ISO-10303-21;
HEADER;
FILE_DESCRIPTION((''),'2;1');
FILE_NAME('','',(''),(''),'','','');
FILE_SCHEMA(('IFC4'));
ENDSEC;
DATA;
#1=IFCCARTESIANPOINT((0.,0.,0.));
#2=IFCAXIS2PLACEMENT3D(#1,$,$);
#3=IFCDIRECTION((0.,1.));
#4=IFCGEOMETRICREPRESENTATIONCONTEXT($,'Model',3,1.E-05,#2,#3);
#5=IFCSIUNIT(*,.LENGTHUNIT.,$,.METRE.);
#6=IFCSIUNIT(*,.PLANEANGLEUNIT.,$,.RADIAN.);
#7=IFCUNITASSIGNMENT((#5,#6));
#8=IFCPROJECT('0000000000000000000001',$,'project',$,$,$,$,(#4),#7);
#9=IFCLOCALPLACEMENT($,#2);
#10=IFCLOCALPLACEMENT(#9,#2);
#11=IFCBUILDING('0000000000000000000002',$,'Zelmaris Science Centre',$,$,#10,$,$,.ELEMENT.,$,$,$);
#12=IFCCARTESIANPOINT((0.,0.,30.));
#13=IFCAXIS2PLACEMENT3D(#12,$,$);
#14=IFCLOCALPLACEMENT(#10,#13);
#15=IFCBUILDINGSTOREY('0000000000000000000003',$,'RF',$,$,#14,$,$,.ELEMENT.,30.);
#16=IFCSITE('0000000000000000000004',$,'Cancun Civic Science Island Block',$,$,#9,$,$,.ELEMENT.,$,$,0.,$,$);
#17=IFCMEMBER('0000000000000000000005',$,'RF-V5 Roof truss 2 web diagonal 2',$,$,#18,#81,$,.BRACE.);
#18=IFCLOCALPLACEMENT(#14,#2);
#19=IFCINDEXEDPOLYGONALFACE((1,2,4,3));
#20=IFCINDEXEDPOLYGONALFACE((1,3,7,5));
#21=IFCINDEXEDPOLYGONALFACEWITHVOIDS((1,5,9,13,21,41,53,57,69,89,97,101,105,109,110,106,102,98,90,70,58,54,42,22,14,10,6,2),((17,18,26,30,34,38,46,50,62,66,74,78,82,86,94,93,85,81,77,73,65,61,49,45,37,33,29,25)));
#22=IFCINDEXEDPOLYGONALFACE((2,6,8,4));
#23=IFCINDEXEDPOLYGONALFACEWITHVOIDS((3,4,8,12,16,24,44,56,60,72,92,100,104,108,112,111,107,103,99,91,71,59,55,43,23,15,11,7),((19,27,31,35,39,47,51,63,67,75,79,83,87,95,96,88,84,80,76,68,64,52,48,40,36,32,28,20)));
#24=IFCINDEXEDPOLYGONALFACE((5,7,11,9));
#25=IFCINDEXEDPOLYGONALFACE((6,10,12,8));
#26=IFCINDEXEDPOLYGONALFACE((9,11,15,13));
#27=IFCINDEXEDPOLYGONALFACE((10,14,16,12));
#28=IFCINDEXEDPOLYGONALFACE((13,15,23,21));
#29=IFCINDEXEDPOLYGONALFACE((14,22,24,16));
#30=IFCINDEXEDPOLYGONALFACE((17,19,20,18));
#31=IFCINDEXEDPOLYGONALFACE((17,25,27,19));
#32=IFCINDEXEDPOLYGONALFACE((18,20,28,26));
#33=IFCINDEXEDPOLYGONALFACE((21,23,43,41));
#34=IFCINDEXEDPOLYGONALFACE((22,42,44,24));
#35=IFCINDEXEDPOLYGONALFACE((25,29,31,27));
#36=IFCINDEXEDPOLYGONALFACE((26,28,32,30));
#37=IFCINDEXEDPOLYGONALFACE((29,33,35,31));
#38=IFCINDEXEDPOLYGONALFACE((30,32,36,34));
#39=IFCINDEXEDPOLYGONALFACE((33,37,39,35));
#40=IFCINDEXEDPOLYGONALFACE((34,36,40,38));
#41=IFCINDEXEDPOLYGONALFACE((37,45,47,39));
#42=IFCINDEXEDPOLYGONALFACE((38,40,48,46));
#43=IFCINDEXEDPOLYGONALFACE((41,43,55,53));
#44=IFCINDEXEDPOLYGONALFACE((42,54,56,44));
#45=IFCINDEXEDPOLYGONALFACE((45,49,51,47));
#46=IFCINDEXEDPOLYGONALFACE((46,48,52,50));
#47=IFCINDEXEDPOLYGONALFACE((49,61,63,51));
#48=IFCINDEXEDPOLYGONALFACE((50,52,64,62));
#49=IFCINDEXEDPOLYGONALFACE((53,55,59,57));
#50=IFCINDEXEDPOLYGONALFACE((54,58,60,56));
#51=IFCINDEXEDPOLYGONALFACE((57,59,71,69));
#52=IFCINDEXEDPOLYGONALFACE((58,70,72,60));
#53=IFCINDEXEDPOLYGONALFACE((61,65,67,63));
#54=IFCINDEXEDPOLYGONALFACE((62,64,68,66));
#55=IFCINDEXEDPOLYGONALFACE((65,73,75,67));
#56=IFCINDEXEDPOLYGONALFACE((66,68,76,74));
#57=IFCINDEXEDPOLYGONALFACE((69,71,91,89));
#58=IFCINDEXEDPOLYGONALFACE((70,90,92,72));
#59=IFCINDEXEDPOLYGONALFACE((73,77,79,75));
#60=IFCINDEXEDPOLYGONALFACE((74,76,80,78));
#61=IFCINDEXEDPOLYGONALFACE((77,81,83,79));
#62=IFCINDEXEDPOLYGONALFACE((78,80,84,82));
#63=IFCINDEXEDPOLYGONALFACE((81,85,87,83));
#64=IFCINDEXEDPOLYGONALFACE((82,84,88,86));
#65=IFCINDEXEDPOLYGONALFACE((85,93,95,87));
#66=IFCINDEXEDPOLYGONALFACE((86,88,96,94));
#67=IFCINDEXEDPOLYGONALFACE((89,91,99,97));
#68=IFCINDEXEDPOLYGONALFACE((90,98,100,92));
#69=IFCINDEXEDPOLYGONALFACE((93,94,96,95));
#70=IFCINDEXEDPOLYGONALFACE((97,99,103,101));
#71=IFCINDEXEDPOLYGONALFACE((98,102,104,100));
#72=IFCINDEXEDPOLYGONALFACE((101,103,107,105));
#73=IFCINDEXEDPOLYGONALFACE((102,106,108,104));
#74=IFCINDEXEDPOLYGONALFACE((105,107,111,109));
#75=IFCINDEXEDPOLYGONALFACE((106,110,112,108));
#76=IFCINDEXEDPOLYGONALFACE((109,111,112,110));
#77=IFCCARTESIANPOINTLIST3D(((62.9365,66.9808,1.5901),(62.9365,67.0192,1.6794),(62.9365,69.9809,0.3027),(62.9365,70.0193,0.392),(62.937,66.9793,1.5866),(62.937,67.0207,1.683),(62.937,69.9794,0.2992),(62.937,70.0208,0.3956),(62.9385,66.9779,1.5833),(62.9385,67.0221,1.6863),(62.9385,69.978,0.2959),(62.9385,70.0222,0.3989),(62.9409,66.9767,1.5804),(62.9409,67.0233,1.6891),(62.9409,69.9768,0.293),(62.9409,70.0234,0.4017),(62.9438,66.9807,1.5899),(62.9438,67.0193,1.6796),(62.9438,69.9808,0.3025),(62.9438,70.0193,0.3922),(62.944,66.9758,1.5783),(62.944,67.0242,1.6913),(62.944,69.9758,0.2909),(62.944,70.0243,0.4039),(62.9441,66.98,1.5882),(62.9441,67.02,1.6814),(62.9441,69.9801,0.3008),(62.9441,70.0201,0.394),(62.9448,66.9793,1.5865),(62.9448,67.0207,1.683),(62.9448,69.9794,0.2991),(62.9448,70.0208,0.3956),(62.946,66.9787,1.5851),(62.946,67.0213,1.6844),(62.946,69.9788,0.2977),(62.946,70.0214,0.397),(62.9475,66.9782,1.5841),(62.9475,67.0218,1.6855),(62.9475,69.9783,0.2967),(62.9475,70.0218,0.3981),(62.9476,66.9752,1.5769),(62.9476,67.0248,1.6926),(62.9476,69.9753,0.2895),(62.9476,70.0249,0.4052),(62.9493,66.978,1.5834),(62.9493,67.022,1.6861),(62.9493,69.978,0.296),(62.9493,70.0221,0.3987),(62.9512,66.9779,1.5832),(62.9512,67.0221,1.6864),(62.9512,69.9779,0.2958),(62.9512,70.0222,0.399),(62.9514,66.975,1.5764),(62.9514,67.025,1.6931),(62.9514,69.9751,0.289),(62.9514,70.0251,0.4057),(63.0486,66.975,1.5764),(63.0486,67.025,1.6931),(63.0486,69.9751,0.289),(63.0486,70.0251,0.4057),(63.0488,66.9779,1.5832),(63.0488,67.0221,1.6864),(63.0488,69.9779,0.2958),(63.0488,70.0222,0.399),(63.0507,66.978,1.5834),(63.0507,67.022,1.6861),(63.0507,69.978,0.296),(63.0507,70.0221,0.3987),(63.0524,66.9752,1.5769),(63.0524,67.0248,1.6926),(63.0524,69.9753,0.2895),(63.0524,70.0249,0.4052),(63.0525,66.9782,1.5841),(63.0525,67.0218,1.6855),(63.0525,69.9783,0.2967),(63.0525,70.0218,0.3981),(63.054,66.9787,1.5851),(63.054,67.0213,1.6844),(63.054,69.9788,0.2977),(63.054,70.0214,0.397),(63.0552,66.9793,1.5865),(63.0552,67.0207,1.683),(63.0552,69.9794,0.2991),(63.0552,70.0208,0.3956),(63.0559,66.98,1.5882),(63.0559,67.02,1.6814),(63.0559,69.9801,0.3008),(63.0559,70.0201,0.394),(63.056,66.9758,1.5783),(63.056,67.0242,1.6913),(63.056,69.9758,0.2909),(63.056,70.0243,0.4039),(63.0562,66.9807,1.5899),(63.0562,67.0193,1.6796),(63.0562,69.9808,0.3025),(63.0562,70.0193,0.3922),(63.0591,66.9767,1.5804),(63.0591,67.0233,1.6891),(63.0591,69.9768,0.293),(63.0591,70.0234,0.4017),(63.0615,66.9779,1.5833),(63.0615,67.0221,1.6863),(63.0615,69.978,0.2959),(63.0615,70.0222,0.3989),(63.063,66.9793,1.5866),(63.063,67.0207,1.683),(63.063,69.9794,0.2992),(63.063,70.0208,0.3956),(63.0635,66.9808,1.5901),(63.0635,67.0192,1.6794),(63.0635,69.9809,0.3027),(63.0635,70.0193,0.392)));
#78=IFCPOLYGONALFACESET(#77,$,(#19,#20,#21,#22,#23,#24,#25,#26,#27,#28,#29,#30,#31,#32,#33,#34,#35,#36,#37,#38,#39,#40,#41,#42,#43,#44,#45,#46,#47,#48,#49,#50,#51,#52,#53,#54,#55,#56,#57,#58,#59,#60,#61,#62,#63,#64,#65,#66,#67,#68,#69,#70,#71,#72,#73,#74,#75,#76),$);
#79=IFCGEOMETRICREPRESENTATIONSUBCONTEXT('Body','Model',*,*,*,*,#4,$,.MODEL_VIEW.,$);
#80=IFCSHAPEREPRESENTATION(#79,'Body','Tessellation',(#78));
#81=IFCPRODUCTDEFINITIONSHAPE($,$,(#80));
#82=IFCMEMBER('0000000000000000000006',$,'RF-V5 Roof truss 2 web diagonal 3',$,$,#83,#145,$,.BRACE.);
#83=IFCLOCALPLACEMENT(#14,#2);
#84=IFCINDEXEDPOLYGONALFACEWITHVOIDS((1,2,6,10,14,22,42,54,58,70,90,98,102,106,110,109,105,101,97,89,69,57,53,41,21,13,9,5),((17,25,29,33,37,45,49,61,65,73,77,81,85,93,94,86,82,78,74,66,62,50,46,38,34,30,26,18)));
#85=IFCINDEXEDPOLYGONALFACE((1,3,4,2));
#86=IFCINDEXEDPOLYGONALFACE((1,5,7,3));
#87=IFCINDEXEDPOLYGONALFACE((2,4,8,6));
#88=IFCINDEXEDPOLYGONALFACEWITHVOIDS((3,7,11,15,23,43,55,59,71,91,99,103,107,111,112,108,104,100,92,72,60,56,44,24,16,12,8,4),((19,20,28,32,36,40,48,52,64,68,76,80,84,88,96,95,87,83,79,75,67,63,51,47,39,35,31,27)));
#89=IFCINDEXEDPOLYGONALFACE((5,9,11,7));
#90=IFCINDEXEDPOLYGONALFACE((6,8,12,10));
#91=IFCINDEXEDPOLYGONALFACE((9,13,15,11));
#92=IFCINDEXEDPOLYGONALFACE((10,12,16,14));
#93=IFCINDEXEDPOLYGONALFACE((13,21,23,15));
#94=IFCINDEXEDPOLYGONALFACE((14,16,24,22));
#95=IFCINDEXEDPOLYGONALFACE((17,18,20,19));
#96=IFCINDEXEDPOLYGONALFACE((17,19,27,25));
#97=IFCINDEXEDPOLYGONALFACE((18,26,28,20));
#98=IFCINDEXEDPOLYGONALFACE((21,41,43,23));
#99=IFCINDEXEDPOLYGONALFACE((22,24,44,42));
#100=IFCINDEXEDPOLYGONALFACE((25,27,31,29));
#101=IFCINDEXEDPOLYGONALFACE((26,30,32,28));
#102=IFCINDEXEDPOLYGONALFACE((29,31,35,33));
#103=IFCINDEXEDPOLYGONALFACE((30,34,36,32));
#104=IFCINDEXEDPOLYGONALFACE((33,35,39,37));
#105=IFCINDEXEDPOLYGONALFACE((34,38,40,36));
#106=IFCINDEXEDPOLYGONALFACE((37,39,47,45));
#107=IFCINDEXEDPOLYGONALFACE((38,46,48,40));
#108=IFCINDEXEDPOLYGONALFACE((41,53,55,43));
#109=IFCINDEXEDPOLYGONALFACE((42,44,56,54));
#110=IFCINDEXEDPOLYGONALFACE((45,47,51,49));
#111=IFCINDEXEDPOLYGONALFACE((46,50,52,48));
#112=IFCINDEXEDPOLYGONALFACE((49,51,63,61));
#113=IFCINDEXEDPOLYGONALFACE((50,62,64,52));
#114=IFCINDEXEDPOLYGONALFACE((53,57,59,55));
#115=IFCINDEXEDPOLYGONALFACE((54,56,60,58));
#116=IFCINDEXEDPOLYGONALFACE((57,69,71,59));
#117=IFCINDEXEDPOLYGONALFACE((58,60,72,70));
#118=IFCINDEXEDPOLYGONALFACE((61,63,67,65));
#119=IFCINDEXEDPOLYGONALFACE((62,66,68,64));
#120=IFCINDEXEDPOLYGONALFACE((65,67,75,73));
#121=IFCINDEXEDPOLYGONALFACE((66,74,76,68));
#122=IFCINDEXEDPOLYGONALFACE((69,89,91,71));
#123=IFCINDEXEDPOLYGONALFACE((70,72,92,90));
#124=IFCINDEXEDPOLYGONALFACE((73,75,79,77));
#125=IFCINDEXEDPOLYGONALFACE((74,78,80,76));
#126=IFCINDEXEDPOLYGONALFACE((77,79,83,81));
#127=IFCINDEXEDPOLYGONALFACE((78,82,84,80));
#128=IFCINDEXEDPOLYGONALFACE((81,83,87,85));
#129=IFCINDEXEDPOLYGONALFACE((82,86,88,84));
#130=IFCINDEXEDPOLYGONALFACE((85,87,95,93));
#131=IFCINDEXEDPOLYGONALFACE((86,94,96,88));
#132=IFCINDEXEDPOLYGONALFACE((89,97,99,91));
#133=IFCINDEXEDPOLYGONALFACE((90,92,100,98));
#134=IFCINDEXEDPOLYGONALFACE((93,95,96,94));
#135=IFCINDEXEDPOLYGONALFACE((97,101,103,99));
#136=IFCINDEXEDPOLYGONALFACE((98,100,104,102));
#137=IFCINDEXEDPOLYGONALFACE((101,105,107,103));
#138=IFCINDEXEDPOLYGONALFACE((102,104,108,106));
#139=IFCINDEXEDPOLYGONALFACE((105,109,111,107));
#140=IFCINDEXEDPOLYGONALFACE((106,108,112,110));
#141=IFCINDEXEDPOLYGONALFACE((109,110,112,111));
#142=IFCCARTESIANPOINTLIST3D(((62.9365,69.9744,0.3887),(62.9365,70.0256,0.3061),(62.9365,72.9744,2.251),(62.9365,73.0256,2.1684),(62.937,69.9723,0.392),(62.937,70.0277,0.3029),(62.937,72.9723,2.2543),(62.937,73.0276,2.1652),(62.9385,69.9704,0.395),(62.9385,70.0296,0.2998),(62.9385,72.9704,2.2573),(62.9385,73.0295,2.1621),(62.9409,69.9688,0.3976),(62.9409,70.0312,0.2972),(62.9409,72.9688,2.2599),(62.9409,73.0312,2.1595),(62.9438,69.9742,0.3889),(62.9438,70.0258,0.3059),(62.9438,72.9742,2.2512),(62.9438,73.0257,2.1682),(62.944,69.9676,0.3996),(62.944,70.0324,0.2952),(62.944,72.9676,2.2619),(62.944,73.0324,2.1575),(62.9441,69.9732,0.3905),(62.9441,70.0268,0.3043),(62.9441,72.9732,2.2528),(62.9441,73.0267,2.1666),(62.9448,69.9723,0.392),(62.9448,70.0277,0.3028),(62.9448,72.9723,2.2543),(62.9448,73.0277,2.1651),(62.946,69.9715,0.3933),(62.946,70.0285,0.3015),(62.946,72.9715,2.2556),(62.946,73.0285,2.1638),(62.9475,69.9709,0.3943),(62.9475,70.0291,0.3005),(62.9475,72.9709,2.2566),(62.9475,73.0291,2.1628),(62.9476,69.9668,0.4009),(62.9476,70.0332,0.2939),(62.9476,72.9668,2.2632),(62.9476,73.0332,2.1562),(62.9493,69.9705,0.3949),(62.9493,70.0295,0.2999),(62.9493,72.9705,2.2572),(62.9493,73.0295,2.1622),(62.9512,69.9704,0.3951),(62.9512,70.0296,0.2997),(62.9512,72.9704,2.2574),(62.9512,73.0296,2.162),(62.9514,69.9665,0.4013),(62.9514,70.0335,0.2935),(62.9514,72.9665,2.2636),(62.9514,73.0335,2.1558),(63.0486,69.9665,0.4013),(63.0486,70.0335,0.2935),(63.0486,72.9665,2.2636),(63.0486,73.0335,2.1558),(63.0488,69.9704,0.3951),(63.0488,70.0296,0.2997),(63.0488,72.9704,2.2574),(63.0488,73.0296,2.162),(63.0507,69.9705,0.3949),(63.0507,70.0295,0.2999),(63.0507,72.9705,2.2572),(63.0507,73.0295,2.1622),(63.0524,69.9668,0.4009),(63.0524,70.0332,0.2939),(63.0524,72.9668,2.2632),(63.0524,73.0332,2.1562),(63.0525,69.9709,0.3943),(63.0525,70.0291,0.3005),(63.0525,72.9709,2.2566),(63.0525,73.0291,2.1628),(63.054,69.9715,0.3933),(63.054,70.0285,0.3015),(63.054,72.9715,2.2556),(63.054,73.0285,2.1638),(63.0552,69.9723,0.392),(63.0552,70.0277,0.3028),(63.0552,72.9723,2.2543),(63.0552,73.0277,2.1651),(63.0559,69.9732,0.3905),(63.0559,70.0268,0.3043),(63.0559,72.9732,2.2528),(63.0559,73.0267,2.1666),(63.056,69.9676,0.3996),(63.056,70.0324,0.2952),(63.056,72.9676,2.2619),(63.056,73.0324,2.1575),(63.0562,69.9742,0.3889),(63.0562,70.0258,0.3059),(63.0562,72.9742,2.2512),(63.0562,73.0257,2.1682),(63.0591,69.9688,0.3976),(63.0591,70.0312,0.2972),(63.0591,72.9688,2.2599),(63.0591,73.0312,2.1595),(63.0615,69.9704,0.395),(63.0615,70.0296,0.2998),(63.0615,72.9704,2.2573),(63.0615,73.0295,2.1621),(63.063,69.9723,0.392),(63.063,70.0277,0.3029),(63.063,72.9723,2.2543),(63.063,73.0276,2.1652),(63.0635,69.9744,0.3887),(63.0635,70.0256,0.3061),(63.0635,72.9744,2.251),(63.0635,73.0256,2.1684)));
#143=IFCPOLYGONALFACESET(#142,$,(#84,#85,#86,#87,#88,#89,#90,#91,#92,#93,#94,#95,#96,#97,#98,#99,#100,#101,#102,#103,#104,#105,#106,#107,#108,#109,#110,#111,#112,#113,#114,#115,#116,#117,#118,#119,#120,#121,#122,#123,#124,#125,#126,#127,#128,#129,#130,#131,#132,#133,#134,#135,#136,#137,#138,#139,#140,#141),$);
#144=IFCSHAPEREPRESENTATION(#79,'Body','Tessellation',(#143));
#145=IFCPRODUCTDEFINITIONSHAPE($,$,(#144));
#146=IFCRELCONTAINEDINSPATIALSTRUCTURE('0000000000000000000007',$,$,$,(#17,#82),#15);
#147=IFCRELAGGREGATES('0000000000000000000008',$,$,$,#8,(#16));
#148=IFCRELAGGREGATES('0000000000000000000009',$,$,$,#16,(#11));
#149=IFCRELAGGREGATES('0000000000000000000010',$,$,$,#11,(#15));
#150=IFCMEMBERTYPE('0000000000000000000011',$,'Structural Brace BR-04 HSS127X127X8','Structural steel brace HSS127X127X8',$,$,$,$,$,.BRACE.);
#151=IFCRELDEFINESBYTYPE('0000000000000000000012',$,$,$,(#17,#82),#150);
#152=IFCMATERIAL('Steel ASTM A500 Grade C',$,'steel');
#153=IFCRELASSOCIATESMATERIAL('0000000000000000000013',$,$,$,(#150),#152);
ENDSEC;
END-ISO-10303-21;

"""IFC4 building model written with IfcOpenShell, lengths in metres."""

from ifc_helpers import new_model, si_unit, direction, frame, origin, origin_2d, place, context, subcontext, project, spatial, hollow_rectangle, extrude, material, material_profile, profile_set, type_object, element, save


model = new_model("IFC4")

# Units and contexts
model_context = context("Model", 3, precision=1e-05, world=origin(), true_north=direction((0.0, 1.0)))
body_context = subcontext(model_context, "Body", "Model", "MODEL_VIEW")
ifc_project = project(units=[si_unit("LENGTHUNIT", "METRE"), si_unit("PLANEANGLEUNIT", "RADIAN")], contexts=[model_context])

# Site, building, storey
site_placement = place(None, origin())
site = spatial("IfcSite", under=ifc_project, at=site_placement, Name="Cancun Civic Science Island Block", CompositionType="ELEMENT", RefElevation=0.0)
building_placement = place(site_placement, origin())
building = spatial("IfcBuilding", under=site, at=building_placement, Name="Zelmaris Science Centre", CompositionType="ELEMENT")
storey_placement = place(building_placement, frame((0.0, 0.0, 30.0)))
storey = spatial("IfcBuildingStorey", under=building, at=storey_placement, Name="RF", CompositionType="ELEMENT", Elevation=30.0)

# Shared definitions
ifc_material_1 = material(Name="Steel ASTM A500 Grade C", Category="steel")

# Members
ifc_material_profile_1 = material_profile(ifc_material_1, hollow_rectangle(XDim=0.127, YDim=0.127, WallThickness=0.0073, InnerFilletRadius=0.0073, OuterFilletRadius=0.0149, at=origin_2d()), Name="HSS127X127X8")
ifc_profile_set_1 = profile_set([ifc_material_profile_1], Name="Steel ASTM A500 Grade C")
member_type_1 = type_object("IfcMemberType", Name="Structural Brace BR-04 HSS127X127X8", Description="Structural steel brace HSS127X127X8", PredefinedType="BRACE", material=ifc_profile_set_1)
for number, where, z_axis, x_axis, name in (
    (1, (63.0, 67.0, 1.6348), (0.0, 0.918963, -0.394343), (-1.0, 0.0, 0.0), "RF-V5 Roof truss 2 web diagonal 2"),
):
    element("IfcMember", number, at=place(storey_placement, frame(where, z_axis=z_axis, x_axis=x_axis)), inside=storey, type_object=member_type_1, Name=name, PredefinedType="BRACE", context=body_context, shape_type="SweptSolid", body=[
        extrude(hollow_rectangle(XDim=0.127, YDim=0.127, WallThickness=0.0073, InnerFilletRadius=0.0073, OuterFilletRadius=0.0149, at=origin_2d()), origin(), (0.0, 0.0, 1.0), 3.2646),
    ])
for number, where, z_axis, x_axis, name in (
    (2, (63.0, 70.0, 0.3474), (0.0, 0.84961, 0.527411), (-1.0, 0.0, 0.0), "RF-V5 Roof truss 2 web diagonal 3"),
):
    element("IfcMember", number, at=place(storey_placement, frame(where, z_axis=z_axis, x_axis=x_axis)), inside=storey, type_object=member_type_1, Name=name, PredefinedType="BRACE", context=body_context, shape_type="SweptSolid", body=[
        extrude(hollow_rectangle(XDim=0.127, YDim=0.127, WallThickness=0.0073, InnerFilletRadius=0.0073, OuterFilletRadius=0.0149, at=origin_2d()), origin(), (0.0, 0.0, 1.0), 3.531),
    ])

save(model, "model.ifc")
